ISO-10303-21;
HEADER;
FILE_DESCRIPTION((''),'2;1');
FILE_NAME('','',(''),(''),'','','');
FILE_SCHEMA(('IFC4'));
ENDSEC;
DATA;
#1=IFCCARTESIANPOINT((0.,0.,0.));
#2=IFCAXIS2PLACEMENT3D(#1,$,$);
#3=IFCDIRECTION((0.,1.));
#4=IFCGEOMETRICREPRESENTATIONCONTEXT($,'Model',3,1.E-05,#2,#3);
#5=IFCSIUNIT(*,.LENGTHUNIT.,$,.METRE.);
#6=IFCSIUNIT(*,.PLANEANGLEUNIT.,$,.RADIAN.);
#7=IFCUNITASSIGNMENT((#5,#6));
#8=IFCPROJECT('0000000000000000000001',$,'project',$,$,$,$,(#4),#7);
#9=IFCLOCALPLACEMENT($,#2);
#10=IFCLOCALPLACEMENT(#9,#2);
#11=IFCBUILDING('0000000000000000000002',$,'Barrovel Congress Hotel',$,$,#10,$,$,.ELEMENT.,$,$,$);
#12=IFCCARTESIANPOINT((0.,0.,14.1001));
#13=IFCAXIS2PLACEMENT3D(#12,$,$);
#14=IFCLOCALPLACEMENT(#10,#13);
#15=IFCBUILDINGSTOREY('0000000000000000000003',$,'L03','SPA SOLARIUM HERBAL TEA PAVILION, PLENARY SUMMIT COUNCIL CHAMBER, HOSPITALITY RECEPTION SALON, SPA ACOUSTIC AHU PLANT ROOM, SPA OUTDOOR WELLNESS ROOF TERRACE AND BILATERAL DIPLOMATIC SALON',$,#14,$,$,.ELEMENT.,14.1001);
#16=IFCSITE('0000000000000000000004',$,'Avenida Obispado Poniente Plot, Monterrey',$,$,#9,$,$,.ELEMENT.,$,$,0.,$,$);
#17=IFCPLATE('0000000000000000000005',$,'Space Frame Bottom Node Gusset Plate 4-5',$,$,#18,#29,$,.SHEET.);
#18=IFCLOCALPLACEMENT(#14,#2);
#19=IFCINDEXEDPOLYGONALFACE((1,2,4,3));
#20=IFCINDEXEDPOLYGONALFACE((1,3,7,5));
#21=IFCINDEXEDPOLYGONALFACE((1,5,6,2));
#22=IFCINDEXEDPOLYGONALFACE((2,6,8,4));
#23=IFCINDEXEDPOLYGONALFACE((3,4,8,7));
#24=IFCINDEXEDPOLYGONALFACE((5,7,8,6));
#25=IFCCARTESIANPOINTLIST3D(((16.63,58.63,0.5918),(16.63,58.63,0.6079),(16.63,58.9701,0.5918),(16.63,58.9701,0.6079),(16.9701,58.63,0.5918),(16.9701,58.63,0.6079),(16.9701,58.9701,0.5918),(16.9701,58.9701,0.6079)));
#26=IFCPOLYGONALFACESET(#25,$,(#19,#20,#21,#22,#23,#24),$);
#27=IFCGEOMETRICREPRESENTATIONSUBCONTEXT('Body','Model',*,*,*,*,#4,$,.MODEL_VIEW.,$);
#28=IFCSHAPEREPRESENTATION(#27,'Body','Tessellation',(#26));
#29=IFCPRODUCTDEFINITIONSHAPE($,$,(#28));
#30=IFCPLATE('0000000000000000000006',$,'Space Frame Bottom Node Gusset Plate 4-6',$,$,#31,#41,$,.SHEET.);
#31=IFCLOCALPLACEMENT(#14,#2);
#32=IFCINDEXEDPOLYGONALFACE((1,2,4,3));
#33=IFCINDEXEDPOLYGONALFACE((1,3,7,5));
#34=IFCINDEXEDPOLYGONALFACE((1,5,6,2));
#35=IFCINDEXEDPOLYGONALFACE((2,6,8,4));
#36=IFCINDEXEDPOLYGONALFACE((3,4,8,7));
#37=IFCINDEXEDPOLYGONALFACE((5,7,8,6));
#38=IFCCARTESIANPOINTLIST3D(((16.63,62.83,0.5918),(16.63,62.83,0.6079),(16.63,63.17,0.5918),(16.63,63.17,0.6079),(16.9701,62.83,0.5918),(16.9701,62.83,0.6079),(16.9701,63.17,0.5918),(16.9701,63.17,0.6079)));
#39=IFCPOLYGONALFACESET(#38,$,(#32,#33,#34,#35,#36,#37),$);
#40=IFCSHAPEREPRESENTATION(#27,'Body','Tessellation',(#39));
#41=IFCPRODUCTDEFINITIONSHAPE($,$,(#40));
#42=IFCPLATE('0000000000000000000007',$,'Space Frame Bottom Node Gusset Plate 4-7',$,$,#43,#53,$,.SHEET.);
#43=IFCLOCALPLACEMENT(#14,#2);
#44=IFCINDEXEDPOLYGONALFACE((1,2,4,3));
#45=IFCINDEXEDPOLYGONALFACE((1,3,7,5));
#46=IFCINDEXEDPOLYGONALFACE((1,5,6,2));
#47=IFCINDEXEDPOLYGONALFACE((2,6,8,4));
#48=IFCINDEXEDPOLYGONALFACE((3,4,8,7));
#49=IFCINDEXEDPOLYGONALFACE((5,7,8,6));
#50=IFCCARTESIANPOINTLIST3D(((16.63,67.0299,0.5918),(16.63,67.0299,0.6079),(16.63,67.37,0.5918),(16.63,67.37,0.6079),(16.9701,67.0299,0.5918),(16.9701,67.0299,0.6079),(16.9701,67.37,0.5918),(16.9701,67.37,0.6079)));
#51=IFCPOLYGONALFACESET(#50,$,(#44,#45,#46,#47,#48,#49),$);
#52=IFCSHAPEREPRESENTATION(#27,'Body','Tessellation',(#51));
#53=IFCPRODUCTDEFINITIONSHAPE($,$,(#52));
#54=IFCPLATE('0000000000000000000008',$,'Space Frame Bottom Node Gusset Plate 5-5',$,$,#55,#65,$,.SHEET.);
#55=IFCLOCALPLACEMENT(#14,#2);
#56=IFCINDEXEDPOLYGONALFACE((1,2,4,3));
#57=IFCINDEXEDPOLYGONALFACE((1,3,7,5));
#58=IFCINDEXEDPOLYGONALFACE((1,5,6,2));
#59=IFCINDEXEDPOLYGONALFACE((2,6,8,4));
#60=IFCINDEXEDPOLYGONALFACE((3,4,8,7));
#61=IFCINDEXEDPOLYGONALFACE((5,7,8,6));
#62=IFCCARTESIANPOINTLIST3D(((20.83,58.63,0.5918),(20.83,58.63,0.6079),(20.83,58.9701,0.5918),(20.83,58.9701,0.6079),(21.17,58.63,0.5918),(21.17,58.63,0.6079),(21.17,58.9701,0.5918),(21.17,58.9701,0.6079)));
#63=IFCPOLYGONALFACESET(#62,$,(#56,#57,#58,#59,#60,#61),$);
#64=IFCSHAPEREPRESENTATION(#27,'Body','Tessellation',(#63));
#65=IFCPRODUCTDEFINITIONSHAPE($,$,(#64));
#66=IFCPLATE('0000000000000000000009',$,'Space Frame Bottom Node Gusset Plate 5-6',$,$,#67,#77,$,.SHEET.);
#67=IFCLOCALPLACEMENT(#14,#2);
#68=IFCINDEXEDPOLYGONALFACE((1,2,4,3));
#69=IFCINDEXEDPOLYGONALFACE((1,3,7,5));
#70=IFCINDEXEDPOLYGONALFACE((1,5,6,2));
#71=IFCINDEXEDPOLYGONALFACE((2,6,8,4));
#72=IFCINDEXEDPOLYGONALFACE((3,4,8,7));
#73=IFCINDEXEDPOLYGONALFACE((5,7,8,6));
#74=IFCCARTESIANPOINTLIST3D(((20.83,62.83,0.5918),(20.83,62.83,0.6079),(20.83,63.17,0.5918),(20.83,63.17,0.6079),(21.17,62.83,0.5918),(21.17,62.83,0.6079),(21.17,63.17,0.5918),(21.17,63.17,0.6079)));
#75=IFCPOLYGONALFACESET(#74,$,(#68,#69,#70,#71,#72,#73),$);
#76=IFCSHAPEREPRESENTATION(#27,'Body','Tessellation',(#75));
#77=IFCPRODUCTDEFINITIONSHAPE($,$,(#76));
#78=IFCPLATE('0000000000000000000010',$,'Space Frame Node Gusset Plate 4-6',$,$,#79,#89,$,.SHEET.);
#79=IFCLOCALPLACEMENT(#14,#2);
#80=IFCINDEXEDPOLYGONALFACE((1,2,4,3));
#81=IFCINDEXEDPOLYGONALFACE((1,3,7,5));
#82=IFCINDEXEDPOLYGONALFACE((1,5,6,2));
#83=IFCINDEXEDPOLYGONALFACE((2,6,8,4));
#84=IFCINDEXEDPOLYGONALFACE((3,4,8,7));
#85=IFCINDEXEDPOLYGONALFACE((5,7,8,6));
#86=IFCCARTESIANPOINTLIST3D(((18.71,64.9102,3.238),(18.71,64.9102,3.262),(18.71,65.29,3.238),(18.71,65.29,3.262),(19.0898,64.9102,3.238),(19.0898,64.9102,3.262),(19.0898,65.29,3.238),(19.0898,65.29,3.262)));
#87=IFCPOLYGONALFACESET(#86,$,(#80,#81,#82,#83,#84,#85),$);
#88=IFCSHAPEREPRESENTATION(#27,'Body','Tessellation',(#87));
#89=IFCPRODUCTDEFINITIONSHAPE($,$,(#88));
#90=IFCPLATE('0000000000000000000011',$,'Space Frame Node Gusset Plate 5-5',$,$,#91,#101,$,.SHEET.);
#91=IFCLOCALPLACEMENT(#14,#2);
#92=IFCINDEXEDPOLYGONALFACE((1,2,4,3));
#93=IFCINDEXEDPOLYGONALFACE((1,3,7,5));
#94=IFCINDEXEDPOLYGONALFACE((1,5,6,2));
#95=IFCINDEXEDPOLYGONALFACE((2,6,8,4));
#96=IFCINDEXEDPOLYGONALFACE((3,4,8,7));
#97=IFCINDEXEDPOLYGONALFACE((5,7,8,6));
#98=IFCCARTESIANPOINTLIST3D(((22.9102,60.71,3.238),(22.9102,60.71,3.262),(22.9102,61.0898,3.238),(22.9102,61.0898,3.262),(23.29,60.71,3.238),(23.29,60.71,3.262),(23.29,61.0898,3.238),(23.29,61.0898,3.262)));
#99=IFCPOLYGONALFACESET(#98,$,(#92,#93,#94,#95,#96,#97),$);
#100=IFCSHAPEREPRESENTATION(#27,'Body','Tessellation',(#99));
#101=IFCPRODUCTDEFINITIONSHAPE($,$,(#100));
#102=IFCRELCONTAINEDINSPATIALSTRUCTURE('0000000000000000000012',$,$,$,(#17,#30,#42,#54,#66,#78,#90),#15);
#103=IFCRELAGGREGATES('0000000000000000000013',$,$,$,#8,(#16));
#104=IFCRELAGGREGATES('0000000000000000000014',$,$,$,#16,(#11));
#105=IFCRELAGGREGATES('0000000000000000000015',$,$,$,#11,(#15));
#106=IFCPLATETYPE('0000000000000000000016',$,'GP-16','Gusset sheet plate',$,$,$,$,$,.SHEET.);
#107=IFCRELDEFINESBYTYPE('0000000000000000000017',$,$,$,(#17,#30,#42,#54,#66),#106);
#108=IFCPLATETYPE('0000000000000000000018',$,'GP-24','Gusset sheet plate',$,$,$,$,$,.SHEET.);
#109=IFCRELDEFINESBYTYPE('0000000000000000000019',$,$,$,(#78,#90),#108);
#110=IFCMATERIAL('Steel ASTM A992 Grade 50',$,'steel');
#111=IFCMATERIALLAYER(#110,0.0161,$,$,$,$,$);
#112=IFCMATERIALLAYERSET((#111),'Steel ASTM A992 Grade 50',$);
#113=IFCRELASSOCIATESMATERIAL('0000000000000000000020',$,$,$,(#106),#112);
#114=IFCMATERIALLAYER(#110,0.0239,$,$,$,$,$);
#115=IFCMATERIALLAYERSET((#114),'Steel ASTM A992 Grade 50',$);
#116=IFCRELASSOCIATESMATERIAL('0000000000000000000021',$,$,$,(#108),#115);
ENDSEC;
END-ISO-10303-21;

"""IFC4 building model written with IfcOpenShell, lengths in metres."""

from ifc_helpers import new_model, si_unit, direction, frame, origin, origin_2d, place, context, subcontext, project, spatial, rectangle, extrude, material, layer, layer_set, type_object, element, save


model = new_model("IFC4")

# Units and contexts
model_context = context("Model", 3, precision=1e-05, world=origin(), true_north=direction((0.0, 1.0)))
body_context = subcontext(model_context, "Body", "Model", "MODEL_VIEW")
ifc_project = project(units=[si_unit("LENGTHUNIT", "METRE"), si_unit("PLANEANGLEUNIT", "RADIAN")], contexts=[model_context])

# Site, building, storey
site_placement = place(None, origin())
site = spatial("IfcSite", under=ifc_project, at=site_placement, Name="Avenida Obispado Poniente Plot, Monterrey", CompositionType="ELEMENT", RefElevation=0.0)
building_placement = place(site_placement, origin())
building = spatial("IfcBuilding", under=site, at=building_placement, Name="Barrovel Congress Hotel", CompositionType="ELEMENT")
storey_placement = place(building_placement, frame((0.0, 0.0, 14.1001)))
storey = spatial("IfcBuildingStorey", under=building, at=storey_placement, Name="L03", Description="SPA SOLARIUM HERBAL TEA PAVILION, PLENARY SUMMIT COUNCIL CHAMBER, HOSPITALITY RECEPTION SALON, SPA ACOUSTIC AHU PLANT ROOM, SPA OUTDOOR WELLNESS ROOF TERRACE AND BILATERAL DIPLOMATIC SALON", CompositionType="ELEMENT", Elevation=14.1001)

# Plates
ifc_material_1 = material(Name="Steel ASTM A992 Grade 50", Category="steel")
ifc_layer_1 = layer(ifc_material_1, 0.0161)
ifc_layer_set_1 = layer_set([ifc_layer_1], Name="Steel ASTM A992 Grade 50")
plate_type_1 = type_object("IfcPlateType", Name="GP-16", Description="Gusset sheet plate", PredefinedType="SHEET", material=ifc_layer_set_1)
for number, where, z_axis, x_axis, name in (
    (1, (16.8, 58.8, 0.5918), (0.0, 0.0, 1.0), (1.0, 0.0, 0.0), "Space Frame Bottom Node Gusset Plate 4-5"),
    (2, (16.8, 63.0, 0.5918), (0.0, 0.0, 1.0), (1.0, 0.0, 0.0), "Space Frame Bottom Node Gusset Plate 4-6"),
    (3, (16.8, 67.2, 0.5918), (0.0, 0.0, 1.0), (1.0, 0.0, 0.0), "Space Frame Bottom Node Gusset Plate 4-7"),
    (4, (21.0, 58.8, 0.5918), (0.0, 0.0, 1.0), (1.0, 0.0, 0.0), "Space Frame Bottom Node Gusset Plate 5-5"),
    (5, (21.0, 63.0, 0.5918), (0.0, 0.0, 1.0), (1.0, 0.0, 0.0), "Space Frame Bottom Node Gusset Plate 5-6"),
):
    element("IfcPlate", number, at=place(storey_placement, frame(where, z_axis=z_axis, x_axis=x_axis)), inside=storey, type_object=plate_type_1, Name=name, PredefinedType="SHEET", context=body_context, shape_type="SweptSolid", body=[
        extrude(rectangle(XDim=0.3401, YDim=0.3401, at=origin_2d()), origin(), (0.0, 0.0, 1.0), 0.0161),
    ])
ifc_layer_2 = layer(ifc_material_1, 0.0239)
ifc_layer_set_2 = layer_set([ifc_layer_2], Name="Steel ASTM A992 Grade 50")
plate_type_2 = type_object("IfcPlateType", Name="GP-24", Description="Gusset sheet plate", PredefinedType="SHEET", material=ifc_layer_set_2)
for number, where, z_axis, x_axis, name in (
    (6, (18.8999, 65.1001, 3.238), (0.0, 0.0, 1.0), (1.0, 0.0, 0.0), "Space Frame Node Gusset Plate 4-6"),
    (7, (23.1001, 60.8999, 3.238), (0.0, 0.0, 1.0), (1.0, 0.0, 0.0), "Space Frame Node Gusset Plate 5-5"),
):
    element("IfcPlate", number, at=place(storey_placement, frame(where, z_axis=z_axis, x_axis=x_axis)), inside=storey, type_object=plate_type_2, Name=name, PredefinedType="SHEET", context=body_context, shape_type="SweptSolid", body=[
        extrude(rectangle(XDim=0.3799, YDim=0.3799, at=origin_2d()), origin(), (0.0, 0.0, 1.0), 0.0239),
    ])

save(model, "model.ifc")
